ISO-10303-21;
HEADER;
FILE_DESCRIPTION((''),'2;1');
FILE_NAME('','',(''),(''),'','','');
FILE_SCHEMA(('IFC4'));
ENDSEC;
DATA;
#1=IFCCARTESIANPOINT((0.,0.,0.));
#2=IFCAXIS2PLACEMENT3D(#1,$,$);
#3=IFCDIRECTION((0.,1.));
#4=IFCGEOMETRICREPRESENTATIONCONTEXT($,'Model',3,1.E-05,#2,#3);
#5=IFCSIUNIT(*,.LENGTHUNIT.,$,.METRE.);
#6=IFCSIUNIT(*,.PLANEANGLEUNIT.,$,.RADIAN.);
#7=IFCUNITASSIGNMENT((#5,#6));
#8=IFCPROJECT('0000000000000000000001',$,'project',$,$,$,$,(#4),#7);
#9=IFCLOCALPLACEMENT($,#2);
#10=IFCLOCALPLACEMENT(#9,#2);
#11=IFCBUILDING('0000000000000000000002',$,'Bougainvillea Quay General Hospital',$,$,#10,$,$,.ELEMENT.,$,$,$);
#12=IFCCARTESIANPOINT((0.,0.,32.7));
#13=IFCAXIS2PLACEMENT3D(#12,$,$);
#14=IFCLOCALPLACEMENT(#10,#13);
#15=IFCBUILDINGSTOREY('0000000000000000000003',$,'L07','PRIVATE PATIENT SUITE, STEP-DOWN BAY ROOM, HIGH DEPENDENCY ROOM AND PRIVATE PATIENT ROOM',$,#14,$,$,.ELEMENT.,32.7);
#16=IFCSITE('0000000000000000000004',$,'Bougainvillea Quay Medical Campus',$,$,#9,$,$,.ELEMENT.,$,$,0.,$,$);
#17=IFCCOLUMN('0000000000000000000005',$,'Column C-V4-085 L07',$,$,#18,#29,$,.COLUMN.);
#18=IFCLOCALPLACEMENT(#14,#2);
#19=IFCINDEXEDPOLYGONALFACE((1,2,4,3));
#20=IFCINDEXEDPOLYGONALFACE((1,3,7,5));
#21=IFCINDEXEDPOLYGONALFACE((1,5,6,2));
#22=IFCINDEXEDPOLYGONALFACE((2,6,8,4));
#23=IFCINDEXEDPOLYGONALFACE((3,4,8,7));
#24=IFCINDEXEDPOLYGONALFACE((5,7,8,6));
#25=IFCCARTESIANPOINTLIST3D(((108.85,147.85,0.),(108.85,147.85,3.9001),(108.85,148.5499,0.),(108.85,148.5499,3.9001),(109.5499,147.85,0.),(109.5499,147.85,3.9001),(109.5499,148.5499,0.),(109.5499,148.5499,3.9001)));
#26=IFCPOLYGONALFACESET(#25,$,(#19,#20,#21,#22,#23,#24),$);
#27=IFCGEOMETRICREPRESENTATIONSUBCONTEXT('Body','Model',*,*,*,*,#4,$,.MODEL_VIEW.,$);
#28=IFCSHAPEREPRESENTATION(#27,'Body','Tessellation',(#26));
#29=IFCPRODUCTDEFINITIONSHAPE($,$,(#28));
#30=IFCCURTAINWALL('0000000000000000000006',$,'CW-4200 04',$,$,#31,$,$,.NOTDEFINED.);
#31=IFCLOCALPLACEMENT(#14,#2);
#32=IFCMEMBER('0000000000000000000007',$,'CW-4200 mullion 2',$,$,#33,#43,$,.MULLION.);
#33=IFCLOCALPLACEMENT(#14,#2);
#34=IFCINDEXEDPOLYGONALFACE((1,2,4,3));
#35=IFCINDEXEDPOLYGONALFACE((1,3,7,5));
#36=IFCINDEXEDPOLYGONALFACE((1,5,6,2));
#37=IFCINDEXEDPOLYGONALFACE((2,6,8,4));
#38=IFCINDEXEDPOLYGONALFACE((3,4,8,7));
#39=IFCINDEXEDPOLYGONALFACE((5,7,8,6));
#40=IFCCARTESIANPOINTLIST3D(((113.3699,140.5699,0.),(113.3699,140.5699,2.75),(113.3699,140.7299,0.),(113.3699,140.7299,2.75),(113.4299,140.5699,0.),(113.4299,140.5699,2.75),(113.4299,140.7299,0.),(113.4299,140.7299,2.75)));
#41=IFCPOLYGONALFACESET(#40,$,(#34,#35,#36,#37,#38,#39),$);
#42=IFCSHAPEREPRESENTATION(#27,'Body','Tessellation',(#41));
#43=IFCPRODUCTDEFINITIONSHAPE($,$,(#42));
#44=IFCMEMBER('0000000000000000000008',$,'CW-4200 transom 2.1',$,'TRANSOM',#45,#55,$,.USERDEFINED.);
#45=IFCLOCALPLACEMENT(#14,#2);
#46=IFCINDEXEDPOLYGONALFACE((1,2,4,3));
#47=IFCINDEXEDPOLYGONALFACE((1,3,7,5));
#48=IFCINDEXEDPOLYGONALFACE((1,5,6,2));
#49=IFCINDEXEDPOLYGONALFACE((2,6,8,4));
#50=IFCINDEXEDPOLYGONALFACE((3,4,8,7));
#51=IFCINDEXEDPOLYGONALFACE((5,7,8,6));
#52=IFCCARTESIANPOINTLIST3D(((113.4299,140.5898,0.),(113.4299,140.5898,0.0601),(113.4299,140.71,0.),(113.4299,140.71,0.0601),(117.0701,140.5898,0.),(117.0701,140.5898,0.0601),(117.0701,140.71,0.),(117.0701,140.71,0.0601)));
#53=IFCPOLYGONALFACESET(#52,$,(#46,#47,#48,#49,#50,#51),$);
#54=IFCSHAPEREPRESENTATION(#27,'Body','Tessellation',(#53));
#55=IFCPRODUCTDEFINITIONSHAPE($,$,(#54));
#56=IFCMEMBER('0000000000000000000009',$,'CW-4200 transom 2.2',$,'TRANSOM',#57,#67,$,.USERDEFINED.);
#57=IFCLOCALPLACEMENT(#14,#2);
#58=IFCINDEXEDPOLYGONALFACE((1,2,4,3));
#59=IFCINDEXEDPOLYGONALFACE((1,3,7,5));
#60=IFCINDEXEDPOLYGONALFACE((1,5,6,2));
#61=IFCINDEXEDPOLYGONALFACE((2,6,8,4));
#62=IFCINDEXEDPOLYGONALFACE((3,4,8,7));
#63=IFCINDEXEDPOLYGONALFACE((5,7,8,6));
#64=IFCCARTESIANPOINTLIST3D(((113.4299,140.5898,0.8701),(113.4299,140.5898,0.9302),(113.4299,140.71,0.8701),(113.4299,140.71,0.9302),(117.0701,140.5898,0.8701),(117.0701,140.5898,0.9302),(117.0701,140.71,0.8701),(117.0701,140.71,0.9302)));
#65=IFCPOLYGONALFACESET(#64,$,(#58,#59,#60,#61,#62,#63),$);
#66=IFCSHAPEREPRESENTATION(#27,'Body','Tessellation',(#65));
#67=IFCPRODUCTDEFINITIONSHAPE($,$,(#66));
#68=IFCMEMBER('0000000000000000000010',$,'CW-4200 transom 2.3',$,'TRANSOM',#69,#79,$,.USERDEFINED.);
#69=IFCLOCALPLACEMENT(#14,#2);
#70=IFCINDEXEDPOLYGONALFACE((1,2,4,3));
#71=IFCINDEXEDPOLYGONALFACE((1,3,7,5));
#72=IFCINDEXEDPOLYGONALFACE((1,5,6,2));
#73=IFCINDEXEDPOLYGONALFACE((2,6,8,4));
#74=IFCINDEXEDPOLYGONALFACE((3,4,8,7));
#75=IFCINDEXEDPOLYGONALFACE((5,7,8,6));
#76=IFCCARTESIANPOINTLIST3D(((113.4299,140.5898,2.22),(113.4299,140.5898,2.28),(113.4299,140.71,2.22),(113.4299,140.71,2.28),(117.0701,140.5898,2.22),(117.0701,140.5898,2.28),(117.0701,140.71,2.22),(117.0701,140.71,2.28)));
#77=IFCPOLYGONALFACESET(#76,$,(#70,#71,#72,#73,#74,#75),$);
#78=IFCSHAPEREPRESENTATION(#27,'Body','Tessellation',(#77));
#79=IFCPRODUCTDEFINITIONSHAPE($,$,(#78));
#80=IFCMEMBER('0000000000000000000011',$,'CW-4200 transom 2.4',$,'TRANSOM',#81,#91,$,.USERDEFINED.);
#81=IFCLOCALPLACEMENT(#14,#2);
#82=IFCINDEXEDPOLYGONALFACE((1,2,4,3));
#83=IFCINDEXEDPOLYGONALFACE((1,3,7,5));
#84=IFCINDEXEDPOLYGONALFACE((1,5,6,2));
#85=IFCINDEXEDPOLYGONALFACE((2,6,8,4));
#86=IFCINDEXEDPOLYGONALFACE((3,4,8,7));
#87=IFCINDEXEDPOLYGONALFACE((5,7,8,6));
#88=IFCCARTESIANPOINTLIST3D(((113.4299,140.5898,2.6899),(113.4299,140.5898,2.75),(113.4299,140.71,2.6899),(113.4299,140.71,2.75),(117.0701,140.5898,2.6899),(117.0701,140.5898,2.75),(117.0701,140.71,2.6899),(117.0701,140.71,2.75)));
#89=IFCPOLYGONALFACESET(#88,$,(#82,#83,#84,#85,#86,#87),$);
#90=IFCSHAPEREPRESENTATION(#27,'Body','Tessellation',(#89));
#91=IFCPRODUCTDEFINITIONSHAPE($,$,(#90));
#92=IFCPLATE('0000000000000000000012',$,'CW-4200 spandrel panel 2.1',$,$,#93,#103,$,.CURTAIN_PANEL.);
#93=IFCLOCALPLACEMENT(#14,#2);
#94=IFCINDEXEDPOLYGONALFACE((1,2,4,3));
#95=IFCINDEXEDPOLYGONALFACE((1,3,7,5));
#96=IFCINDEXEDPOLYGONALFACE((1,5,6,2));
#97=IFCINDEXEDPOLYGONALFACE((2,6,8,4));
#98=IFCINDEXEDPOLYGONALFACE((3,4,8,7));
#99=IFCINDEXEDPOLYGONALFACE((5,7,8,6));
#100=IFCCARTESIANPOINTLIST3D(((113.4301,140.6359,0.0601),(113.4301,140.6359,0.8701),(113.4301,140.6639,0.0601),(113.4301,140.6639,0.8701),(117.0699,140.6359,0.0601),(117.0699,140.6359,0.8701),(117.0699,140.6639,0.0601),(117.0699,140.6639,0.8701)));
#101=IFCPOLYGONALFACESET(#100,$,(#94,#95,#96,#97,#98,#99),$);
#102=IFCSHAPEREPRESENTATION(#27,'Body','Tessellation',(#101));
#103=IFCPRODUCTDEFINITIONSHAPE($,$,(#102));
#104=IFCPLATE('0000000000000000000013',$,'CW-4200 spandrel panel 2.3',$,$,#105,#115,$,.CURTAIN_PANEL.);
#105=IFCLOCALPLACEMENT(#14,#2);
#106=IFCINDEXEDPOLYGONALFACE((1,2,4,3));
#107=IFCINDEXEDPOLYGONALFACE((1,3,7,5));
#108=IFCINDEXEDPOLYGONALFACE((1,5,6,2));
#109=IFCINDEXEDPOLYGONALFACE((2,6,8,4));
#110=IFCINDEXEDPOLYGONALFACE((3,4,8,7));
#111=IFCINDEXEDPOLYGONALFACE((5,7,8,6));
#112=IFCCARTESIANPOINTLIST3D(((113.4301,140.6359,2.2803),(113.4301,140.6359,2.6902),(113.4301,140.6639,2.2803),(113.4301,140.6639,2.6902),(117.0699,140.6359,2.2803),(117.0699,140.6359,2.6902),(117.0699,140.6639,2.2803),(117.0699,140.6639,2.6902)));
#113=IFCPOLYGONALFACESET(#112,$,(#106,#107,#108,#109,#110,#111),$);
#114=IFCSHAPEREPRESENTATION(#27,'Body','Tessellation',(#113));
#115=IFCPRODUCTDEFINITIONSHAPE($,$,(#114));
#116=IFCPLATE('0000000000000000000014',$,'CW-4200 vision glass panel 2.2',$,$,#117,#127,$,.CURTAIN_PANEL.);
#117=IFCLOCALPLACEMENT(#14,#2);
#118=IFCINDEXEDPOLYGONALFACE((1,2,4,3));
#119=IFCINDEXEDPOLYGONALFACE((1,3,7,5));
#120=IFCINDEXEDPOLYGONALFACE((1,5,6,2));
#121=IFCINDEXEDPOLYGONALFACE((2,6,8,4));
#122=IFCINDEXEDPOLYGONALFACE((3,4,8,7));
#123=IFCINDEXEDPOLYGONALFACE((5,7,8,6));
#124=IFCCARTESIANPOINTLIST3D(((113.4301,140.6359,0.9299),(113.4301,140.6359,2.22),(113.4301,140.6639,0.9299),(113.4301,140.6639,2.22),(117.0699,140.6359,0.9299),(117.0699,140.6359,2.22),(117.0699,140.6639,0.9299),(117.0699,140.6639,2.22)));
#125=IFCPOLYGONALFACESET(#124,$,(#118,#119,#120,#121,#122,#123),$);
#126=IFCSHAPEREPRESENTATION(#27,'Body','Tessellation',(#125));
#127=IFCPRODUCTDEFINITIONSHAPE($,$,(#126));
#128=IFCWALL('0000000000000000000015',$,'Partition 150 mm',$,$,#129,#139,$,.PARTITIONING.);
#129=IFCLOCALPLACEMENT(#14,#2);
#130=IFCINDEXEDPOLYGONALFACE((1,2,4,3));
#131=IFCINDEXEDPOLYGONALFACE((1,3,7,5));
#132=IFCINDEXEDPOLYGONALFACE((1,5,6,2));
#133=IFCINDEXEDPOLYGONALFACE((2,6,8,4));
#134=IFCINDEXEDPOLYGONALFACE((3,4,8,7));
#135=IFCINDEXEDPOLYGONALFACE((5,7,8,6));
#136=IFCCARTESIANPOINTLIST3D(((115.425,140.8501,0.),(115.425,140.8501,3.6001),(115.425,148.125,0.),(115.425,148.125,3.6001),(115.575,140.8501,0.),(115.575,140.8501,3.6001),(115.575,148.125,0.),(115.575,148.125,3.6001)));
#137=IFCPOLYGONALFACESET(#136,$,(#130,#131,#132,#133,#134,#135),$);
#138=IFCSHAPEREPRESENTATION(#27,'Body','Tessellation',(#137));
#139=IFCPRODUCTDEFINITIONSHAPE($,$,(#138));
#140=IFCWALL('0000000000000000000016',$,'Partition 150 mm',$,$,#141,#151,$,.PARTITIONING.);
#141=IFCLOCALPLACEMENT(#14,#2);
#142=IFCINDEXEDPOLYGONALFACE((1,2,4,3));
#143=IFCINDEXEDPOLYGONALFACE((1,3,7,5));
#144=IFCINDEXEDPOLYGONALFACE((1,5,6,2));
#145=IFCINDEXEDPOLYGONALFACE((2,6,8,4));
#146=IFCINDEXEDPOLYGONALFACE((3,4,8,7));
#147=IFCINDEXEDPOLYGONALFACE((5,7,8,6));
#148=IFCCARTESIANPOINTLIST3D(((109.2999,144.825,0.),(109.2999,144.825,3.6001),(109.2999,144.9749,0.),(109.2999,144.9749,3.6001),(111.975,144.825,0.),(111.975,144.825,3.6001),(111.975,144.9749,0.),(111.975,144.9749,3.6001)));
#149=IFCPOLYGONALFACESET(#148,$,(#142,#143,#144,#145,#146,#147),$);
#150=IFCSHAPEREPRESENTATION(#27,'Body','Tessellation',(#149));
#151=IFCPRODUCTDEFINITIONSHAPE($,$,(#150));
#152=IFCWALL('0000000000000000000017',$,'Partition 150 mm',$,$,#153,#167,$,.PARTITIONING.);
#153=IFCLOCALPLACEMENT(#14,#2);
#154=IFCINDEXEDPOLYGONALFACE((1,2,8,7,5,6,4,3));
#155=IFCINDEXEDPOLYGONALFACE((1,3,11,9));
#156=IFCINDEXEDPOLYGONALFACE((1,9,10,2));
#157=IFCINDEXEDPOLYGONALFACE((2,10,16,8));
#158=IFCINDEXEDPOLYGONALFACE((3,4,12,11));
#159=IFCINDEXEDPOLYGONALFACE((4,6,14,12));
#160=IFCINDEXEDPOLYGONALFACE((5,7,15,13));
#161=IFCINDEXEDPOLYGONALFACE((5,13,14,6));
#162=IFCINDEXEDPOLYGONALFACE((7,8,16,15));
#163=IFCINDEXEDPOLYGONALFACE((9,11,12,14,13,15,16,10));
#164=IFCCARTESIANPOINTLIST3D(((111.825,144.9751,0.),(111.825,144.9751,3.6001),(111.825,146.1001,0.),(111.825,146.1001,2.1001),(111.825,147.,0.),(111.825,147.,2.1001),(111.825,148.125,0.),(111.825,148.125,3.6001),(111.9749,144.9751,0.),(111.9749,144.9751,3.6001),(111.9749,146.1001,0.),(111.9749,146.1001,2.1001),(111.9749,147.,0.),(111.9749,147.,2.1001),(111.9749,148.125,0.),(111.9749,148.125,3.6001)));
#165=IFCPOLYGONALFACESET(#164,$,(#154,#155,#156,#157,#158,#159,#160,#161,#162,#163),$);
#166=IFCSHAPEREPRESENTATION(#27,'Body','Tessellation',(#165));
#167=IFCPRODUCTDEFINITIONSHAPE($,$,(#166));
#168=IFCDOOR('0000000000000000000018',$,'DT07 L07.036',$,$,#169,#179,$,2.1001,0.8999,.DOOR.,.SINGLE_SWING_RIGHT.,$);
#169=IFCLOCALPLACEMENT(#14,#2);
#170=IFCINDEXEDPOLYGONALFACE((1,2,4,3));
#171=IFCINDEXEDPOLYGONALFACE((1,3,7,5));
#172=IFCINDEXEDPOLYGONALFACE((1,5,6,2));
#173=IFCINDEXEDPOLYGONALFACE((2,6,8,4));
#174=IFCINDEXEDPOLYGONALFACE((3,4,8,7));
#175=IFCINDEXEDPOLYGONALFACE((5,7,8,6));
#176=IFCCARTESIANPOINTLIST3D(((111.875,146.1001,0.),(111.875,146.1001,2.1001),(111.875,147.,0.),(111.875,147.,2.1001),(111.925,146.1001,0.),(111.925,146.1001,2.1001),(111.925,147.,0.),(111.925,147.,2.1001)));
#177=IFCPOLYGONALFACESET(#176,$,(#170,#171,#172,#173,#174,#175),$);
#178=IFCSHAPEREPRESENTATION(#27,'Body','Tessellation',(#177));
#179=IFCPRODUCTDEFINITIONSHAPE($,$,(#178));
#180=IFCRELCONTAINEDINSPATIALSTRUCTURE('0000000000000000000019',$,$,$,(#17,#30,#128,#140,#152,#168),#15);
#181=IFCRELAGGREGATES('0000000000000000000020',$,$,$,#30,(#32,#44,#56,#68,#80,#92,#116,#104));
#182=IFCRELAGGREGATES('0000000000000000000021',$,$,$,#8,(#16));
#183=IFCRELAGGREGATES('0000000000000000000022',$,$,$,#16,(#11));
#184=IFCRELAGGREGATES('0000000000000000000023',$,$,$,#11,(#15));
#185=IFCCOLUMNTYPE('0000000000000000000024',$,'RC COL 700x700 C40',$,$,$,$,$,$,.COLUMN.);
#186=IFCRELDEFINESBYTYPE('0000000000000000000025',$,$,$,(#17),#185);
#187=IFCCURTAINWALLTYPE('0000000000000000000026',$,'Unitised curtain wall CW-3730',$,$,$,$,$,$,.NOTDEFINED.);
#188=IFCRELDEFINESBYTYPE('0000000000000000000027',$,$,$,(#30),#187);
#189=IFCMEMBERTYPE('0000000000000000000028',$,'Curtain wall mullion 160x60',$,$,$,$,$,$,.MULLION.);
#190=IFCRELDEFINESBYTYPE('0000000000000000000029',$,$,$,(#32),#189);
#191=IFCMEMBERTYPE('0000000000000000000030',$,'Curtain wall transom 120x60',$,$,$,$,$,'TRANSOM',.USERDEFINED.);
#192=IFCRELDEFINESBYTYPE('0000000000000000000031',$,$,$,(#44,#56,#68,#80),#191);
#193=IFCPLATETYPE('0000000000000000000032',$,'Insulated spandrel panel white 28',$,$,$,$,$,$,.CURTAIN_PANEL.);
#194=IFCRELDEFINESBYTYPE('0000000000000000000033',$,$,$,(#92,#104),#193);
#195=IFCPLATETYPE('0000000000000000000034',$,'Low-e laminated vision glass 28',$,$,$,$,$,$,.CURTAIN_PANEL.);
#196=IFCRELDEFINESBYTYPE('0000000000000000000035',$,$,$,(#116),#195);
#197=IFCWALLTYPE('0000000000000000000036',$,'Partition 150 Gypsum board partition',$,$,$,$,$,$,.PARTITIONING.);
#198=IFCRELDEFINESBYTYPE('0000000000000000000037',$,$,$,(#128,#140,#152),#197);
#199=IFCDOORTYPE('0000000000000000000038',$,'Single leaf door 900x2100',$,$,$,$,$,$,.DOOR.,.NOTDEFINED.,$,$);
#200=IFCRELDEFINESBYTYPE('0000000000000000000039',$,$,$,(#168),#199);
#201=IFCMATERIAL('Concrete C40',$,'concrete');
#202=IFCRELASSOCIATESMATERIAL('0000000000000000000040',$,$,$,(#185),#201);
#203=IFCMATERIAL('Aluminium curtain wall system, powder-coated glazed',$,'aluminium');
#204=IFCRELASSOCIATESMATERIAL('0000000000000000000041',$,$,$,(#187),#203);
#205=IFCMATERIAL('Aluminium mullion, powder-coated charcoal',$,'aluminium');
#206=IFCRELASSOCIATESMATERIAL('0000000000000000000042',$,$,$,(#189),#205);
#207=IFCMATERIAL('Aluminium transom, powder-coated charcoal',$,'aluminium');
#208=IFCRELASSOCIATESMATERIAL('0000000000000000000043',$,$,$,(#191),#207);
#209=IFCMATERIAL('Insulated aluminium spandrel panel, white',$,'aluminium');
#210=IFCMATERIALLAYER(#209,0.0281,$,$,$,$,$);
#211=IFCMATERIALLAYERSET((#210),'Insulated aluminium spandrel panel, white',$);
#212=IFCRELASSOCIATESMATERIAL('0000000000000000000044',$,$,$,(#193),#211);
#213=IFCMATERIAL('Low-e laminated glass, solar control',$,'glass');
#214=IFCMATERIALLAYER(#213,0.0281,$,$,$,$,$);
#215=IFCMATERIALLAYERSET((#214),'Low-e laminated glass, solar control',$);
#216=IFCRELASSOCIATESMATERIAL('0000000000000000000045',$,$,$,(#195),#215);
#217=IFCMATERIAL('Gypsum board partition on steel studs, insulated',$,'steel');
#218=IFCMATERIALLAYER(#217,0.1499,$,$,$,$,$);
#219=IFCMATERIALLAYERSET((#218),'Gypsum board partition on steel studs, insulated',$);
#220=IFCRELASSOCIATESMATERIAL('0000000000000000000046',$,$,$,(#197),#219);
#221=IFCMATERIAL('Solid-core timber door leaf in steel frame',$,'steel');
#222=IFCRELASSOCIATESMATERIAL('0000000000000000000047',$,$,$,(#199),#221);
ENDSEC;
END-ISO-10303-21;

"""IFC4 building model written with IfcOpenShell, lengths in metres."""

from ifc_helpers import new_model, si_unit, direction, frame, frame_2d, origin, origin_2d, place, context, subcontext, project, spatial, rectangle, extrude, material, layer, layer_set, material_profile, profile_set, type_object, element, fill, aggregate, save


model = new_model("IFC4")

# Units and contexts
model_context = context("Model", 3, precision=1e-05, world=origin(), true_north=direction((0.0, 1.0)))
body_context = subcontext(model_context, "Body", "Model", "MODEL_VIEW")
ifc_project = project(units=[si_unit("LENGTHUNIT", "METRE"), si_unit("PLANEANGLEUNIT", "RADIAN")], contexts=[model_context])

# Site, building, storey
site_placement = place(None, origin())
site = spatial("IfcSite", under=ifc_project, at=site_placement, Name="Bougainvillea Quay Medical Campus", CompositionType="ELEMENT", RefElevation=0.0)
building_placement = place(site_placement, origin())
building = spatial("IfcBuilding", under=site, at=building_placement, Name="Bougainvillea Quay General Hospital", CompositionType="ELEMENT")
storey_placement = place(building_placement, frame((0.0, 0.0, 32.7)))
storey = spatial("IfcBuildingStorey", under=building, at=storey_placement, Name="L07", Description="PRIVATE PATIENT SUITE, STEP-DOWN BAY ROOM, HIGH DEPENDENCY ROOM AND PRIVATE PATIENT ROOM", CompositionType="ELEMENT", Elevation=32.7)

# Column
ifc_material_1 = material(Name="Concrete C40", Category="concrete")
ifc_material_profile_1 = material_profile(ifc_material_1, rectangle(XDim=0.7, YDim=0.7, at=origin_2d()))
ifc_profile_set_1 = profile_set([ifc_material_profile_1], Name="Concrete C40")
column_type = type_object("IfcColumnType", Name="RC COL 700x700 C40", PredefinedType="COLUMN", material=ifc_profile_set_1)
column_placement = place(storey_placement, frame((109.2, 148.2, 0.0), z_axis=(0.0, 0.0, 1.0), x_axis=(1.0, 0.0, 0.0)))
element("IfcColumn", 1, at=column_placement, inside=storey, type_object=column_type, Name="Column C-V4-085 L07", PredefinedType="COLUMN", context=body_context, shape_type="SweptSolid", body=[
    extrude(rectangle(XDim=0.7, YDim=0.7, at=origin_2d()), origin(), (0.0, 0.0, 1.0), 3.9001),
])

# Curtain wall, members, plates
ifc_material_2 = material(Name="Aluminium curtain wall system, powder-coated glazed", Category="aluminium")
curtain_wall_type = type_object("IfcCurtainWallType", Name="Unitised curtain wall CW-3730", PredefinedType="NOTDEFINED", material=ifc_material_2)
curtain_wall_placement = place(storey_placement, origin())
curtain_wall = element("IfcCurtainWall", 2, at=curtain_wall_placement, inside=storey, type_object=curtain_wall_type, Name="CW-4200 04", PredefinedType="NOTDEFINED")
ifc_material_3 = material(Name="Aluminium mullion, powder-coated charcoal", Category="aluminium")
ifc_material_profile_2 = material_profile(ifc_material_3, rectangle(XDim=0.1599, YDim=0.0601, at=origin_2d()))
ifc_profile_set_2 = profile_set([ifc_material_profile_2], Name="Aluminium mullion, powder-coated charcoal")
member_type_1 = type_object("IfcMemberType", Name="Curtain wall mullion 160x60", PredefinedType="MULLION", material=ifc_profile_set_2)
member_1_placement = place(storey_placement, frame((113.3999, 140.6499, 0.0), z_axis=(0.0, 0.0, 1.0), x_axis=(0.0, 1.0, 0.0)))
member_1 = element("IfcMember", 3, at=member_1_placement, type_object=member_type_1, Name="CW-4200 mullion 2", PredefinedType="MULLION", context=body_context, shape_type="SweptSolid", body=[
    extrude(rectangle(XDim=0.1599, YDim=0.0601, at=origin_2d()), origin(), (0.0, 0.0, 1.0), 2.75),
])
ifc_material_4 = material(Name="Aluminium transom, powder-coated charcoal", Category="aluminium")
ifc_material_profile_3 = material_profile(ifc_material_4, rectangle(XDim=0.1201, YDim=0.0601, at=origin_2d()))
ifc_profile_set_3 = profile_set([ifc_material_profile_3], Name="Aluminium transom, powder-coated charcoal")
member_type_2 = type_object("IfcMemberType", Name="Curtain wall transom 120x60", ElementType="TRANSOM", PredefinedType="USERDEFINED", material=ifc_profile_set_3)
member_2_placement = place(storey_placement, frame((113.4299, 140.6499, 0.03), z_axis=(1.0, 0.0, 0.0), x_axis=(0.0, 1.0, 0.0)))
member_2 = element("IfcMember", 4, at=member_2_placement, type_object=member_type_2, Name="CW-4200 transom 2.1", ObjectType="TRANSOM", PredefinedType="USERDEFINED", context=body_context, shape_type="SweptSolid", body=[
    extrude(rectangle(XDim=0.1201, YDim=0.0601, at=origin_2d()), origin(), (0.0, 0.0, 1.0), 3.6401),
])
member_3_placement = place(storey_placement, frame((113.4299, 140.6499, 0.9001), z_axis=(1.0, 0.0, 0.0), x_axis=(0.0, 1.0, 0.0)))
member_3 = element("IfcMember", 5, at=member_3_placement, type_object=member_type_2, Name="CW-4200 transom 2.2", ObjectType="TRANSOM", PredefinedType="USERDEFINED", context=body_context, shape_type="SweptSolid", body=[
    extrude(rectangle(XDim=0.1201, YDim=0.0601, at=origin_2d()), origin(), (0.0, 0.0, 1.0), 3.6401),
])
member_4_placement = place(storey_placement, frame((113.4299, 140.6499, 2.25), z_axis=(1.0, 0.0, 0.0), x_axis=(0.0, 1.0, 0.0)))
member_4 = element("IfcMember", 6, at=member_4_placement, type_object=member_type_2, Name="CW-4200 transom 2.3", ObjectType="TRANSOM", PredefinedType="USERDEFINED", context=body_context, shape_type="SweptSolid", body=[
    extrude(rectangle(XDim=0.1201, YDim=0.0601, at=origin_2d()), origin(), (0.0, 0.0, 1.0), 3.6401),
])
member_5_placement = place(storey_placement, frame((113.4299, 140.6499, 2.72), z_axis=(1.0, 0.0, 0.0), x_axis=(0.0, 1.0, 0.0)))
member_5 = element("IfcMember", 7, at=member_5_placement, type_object=member_type_2, Name="CW-4200 transom 2.4", ObjectType="TRANSOM", PredefinedType="USERDEFINED", context=body_context, shape_type="SweptSolid", body=[
    extrude(rectangle(XDim=0.1201, YDim=0.0601, at=origin_2d()), origin(), (0.0, 0.0, 1.0), 3.6401),
])
ifc_material_5 = material(Name="Insulated aluminium spandrel panel, white", Category="aluminium")
ifc_layer_1 = layer(ifc_material_5, 0.0281)
ifc_layer_set_1 = layer_set([ifc_layer_1], Name="Insulated aluminium spandrel panel, white")
plate_type_1 = type_object("IfcPlateType", Name="Insulated spandrel panel white 28", PredefinedType="CURTAIN_PANEL", material=ifc_layer_set_1)
plate_1_placement = place(storey_placement, frame((115.25, 140.6499, 0.0601), z_axis=(0.0, 0.0, 1.0), x_axis=(1.0, 0.0, 0.0)))
plate_1 = element("IfcPlate", 8, at=plate_1_placement, type_object=plate_type_1, Name="CW-4200 spandrel panel 2.1", PredefinedType="CURTAIN_PANEL", context=body_context, shape_type="SweptSolid", body=[
    extrude(rectangle(XDim=3.6399, YDim=0.0281, at=origin_2d()), origin(), (0.0, 0.0, 1.0), 0.8101),
])
plate_2_placement = place(storey_placement, frame((115.25, 140.6499, 2.2803), z_axis=(0.0, 0.0, 1.0), x_axis=(1.0, 0.0, 0.0)))
plate_2 = element("IfcPlate", 9, at=plate_2_placement, type_object=plate_type_1, Name="CW-4200 spandrel panel 2.3", PredefinedType="CURTAIN_PANEL", context=body_context, shape_type="SweptSolid", body=[
    extrude(rectangle(XDim=3.6399, YDim=0.0281, at=origin_2d()), origin(), (0.0, 0.0, 1.0), 0.4099),
])
ifc_material_6 = material(Name="Low-e laminated glass, solar control", Category="glass")
ifc_layer_2 = layer(ifc_material_6, 0.0281)
ifc_layer_set_2 = layer_set([ifc_layer_2], Name="Low-e laminated glass, solar control")
plate_type_2 = type_object("IfcPlateType", Name="Low-e laminated vision glass 28", PredefinedType="CURTAIN_PANEL", material=ifc_layer_set_2)
plate_3_placement = place(storey_placement, frame((115.25, 140.6499, 0.9299), z_axis=(0.0, 0.0, 1.0), x_axis=(1.0, 0.0, 0.0)))
plate_3 = element("IfcPlate", 10, at=plate_3_placement, type_object=plate_type_2, Name="CW-4200 vision glass panel 2.2", PredefinedType="CURTAIN_PANEL", context=body_context, shape_type="SweptSolid", body=[
    extrude(rectangle(XDim=3.6399, YDim=0.0281, at=origin_2d()), origin(), (0.0, 0.0, 1.0), 1.29),
])
aggregate(curtain_wall, [member_1, member_2, member_3, member_4, member_5, plate_1, plate_3, plate_2])

# Walls
ifc_material_7 = material(Name="Gypsum board partition on steel studs, insulated", Category="steel")
ifc_layer_3 = layer(ifc_material_7, 0.1499)
ifc_layer_set_3 = layer_set([ifc_layer_3], Name="Gypsum board partition on steel studs, insulated")
wall_type_1 = type_object("IfcWallType", Name="Partition 150 Gypsum board partition", PredefinedType="PARTITIONING", material=ifc_layer_set_3)
wall_1_placement = place(storey_placement, frame((115.5, 140.8501, 0.0), z_axis=(0.0, 0.0, 1.0), x_axis=(0.0, 1.0, 0.0)))
element("IfcWall", 11, at=wall_1_placement, inside=storey, type_object=wall_type_1, Name="Partition 150 mm", PredefinedType="PARTITIONING", context=body_context, shape_type="SweptSolid", body=[
    extrude(rectangle(XDim=7.2749, YDim=0.1499, at=frame_2d((3.6375, 0.0))), origin(), (0.0, 0.0, 1.0), 3.6001),
])
wall_2_placement = place(storey_placement, frame((109.3, 144.8999, 0.0), z_axis=(0.0, 0.0, 1.0), x_axis=(1.0, 0.0, 0.0)))
element("IfcWall", 12, at=wall_2_placement, inside=storey, type_object=wall_type_1, Name="Partition 150 mm", PredefinedType="PARTITIONING", context=body_context, shape_type="SweptSolid", body=[
    extrude(rectangle(XDim=2.675, YDim=0.1499, at=frame_2d((1.3374, 0.0))), origin(), (0.0, 0.0, 1.0), 3.6001),
])

# Wall, opening, door
wall_3_placement = place(storey_placement, frame((111.8999, 144.9751, 0.0), z_axis=(0.0, 0.0, 1.0), x_axis=(0.0, 1.0, 0.0)))
wall_3 = element("IfcWall", 13, at=wall_3_placement, inside=storey, type_object=wall_type_1, Name="Partition 150 mm", PredefinedType="PARTITIONING", context=body_context, shape_type="SweptSolid", body=[
    extrude(rectangle(XDim=3.1499, YDim=0.1499, at=frame_2d((1.575, 0.0))), origin(), (0.0, 0.0, 1.0), 3.6001),
])
opening_1_placement = place(wall_3_placement, frame((1.125, 0.0, 0.0)))
opening_1 = element("IfcOpeningElement", 14, at=opening_1_placement, cuts=wall_3, PredefinedType="OPENING", context=body_context, shape_type="SweptSolid", body=[
    extrude(rectangle(XDim=0.8999, YDim=2.1001, at=frame_2d((0.45, 1.05))), frame((0.0, 0.085, 0.0), z_axis=(0.0, -1.0, 0.0), x_axis=(1.0, 0.0, 0.0)), (0.0, 0.0, 1.0), 0.1699),
])
ifc_material_8 = material(Name="Solid-core timber door leaf in steel frame", Category="steel")
door_type_1 = type_object("IfcDoorType", Name="Single leaf door 900x2100", OperationType="NOTDEFINED", PredefinedType="DOOR", material=ifc_material_8)
door_1_placement = place(opening_1_placement, origin())
door_1 = element("IfcDoor", 15, at=door_1_placement, inside=storey, type_object=door_type_1, Name="DT07 L07.036", OperationType="SINGLE_SWING_RIGHT", OverallHeight=2.1001, OverallWidth=0.8999, PredefinedType="DOOR", context=body_context, shape_type="SweptSolid", body=[
    extrude(rectangle(XDim=0.8999, YDim=2.1001, at=frame_2d((0.45, 1.05))), frame((0.0, 0.0249, 0.0), z_axis=(0.0, -1.0, 0.0), x_axis=(1.0, 0.0, 0.0)), (0.0, 0.0, 1.0), 0.05),
])
fill(opening_1, door_1)

save(model, "model.ifc")
